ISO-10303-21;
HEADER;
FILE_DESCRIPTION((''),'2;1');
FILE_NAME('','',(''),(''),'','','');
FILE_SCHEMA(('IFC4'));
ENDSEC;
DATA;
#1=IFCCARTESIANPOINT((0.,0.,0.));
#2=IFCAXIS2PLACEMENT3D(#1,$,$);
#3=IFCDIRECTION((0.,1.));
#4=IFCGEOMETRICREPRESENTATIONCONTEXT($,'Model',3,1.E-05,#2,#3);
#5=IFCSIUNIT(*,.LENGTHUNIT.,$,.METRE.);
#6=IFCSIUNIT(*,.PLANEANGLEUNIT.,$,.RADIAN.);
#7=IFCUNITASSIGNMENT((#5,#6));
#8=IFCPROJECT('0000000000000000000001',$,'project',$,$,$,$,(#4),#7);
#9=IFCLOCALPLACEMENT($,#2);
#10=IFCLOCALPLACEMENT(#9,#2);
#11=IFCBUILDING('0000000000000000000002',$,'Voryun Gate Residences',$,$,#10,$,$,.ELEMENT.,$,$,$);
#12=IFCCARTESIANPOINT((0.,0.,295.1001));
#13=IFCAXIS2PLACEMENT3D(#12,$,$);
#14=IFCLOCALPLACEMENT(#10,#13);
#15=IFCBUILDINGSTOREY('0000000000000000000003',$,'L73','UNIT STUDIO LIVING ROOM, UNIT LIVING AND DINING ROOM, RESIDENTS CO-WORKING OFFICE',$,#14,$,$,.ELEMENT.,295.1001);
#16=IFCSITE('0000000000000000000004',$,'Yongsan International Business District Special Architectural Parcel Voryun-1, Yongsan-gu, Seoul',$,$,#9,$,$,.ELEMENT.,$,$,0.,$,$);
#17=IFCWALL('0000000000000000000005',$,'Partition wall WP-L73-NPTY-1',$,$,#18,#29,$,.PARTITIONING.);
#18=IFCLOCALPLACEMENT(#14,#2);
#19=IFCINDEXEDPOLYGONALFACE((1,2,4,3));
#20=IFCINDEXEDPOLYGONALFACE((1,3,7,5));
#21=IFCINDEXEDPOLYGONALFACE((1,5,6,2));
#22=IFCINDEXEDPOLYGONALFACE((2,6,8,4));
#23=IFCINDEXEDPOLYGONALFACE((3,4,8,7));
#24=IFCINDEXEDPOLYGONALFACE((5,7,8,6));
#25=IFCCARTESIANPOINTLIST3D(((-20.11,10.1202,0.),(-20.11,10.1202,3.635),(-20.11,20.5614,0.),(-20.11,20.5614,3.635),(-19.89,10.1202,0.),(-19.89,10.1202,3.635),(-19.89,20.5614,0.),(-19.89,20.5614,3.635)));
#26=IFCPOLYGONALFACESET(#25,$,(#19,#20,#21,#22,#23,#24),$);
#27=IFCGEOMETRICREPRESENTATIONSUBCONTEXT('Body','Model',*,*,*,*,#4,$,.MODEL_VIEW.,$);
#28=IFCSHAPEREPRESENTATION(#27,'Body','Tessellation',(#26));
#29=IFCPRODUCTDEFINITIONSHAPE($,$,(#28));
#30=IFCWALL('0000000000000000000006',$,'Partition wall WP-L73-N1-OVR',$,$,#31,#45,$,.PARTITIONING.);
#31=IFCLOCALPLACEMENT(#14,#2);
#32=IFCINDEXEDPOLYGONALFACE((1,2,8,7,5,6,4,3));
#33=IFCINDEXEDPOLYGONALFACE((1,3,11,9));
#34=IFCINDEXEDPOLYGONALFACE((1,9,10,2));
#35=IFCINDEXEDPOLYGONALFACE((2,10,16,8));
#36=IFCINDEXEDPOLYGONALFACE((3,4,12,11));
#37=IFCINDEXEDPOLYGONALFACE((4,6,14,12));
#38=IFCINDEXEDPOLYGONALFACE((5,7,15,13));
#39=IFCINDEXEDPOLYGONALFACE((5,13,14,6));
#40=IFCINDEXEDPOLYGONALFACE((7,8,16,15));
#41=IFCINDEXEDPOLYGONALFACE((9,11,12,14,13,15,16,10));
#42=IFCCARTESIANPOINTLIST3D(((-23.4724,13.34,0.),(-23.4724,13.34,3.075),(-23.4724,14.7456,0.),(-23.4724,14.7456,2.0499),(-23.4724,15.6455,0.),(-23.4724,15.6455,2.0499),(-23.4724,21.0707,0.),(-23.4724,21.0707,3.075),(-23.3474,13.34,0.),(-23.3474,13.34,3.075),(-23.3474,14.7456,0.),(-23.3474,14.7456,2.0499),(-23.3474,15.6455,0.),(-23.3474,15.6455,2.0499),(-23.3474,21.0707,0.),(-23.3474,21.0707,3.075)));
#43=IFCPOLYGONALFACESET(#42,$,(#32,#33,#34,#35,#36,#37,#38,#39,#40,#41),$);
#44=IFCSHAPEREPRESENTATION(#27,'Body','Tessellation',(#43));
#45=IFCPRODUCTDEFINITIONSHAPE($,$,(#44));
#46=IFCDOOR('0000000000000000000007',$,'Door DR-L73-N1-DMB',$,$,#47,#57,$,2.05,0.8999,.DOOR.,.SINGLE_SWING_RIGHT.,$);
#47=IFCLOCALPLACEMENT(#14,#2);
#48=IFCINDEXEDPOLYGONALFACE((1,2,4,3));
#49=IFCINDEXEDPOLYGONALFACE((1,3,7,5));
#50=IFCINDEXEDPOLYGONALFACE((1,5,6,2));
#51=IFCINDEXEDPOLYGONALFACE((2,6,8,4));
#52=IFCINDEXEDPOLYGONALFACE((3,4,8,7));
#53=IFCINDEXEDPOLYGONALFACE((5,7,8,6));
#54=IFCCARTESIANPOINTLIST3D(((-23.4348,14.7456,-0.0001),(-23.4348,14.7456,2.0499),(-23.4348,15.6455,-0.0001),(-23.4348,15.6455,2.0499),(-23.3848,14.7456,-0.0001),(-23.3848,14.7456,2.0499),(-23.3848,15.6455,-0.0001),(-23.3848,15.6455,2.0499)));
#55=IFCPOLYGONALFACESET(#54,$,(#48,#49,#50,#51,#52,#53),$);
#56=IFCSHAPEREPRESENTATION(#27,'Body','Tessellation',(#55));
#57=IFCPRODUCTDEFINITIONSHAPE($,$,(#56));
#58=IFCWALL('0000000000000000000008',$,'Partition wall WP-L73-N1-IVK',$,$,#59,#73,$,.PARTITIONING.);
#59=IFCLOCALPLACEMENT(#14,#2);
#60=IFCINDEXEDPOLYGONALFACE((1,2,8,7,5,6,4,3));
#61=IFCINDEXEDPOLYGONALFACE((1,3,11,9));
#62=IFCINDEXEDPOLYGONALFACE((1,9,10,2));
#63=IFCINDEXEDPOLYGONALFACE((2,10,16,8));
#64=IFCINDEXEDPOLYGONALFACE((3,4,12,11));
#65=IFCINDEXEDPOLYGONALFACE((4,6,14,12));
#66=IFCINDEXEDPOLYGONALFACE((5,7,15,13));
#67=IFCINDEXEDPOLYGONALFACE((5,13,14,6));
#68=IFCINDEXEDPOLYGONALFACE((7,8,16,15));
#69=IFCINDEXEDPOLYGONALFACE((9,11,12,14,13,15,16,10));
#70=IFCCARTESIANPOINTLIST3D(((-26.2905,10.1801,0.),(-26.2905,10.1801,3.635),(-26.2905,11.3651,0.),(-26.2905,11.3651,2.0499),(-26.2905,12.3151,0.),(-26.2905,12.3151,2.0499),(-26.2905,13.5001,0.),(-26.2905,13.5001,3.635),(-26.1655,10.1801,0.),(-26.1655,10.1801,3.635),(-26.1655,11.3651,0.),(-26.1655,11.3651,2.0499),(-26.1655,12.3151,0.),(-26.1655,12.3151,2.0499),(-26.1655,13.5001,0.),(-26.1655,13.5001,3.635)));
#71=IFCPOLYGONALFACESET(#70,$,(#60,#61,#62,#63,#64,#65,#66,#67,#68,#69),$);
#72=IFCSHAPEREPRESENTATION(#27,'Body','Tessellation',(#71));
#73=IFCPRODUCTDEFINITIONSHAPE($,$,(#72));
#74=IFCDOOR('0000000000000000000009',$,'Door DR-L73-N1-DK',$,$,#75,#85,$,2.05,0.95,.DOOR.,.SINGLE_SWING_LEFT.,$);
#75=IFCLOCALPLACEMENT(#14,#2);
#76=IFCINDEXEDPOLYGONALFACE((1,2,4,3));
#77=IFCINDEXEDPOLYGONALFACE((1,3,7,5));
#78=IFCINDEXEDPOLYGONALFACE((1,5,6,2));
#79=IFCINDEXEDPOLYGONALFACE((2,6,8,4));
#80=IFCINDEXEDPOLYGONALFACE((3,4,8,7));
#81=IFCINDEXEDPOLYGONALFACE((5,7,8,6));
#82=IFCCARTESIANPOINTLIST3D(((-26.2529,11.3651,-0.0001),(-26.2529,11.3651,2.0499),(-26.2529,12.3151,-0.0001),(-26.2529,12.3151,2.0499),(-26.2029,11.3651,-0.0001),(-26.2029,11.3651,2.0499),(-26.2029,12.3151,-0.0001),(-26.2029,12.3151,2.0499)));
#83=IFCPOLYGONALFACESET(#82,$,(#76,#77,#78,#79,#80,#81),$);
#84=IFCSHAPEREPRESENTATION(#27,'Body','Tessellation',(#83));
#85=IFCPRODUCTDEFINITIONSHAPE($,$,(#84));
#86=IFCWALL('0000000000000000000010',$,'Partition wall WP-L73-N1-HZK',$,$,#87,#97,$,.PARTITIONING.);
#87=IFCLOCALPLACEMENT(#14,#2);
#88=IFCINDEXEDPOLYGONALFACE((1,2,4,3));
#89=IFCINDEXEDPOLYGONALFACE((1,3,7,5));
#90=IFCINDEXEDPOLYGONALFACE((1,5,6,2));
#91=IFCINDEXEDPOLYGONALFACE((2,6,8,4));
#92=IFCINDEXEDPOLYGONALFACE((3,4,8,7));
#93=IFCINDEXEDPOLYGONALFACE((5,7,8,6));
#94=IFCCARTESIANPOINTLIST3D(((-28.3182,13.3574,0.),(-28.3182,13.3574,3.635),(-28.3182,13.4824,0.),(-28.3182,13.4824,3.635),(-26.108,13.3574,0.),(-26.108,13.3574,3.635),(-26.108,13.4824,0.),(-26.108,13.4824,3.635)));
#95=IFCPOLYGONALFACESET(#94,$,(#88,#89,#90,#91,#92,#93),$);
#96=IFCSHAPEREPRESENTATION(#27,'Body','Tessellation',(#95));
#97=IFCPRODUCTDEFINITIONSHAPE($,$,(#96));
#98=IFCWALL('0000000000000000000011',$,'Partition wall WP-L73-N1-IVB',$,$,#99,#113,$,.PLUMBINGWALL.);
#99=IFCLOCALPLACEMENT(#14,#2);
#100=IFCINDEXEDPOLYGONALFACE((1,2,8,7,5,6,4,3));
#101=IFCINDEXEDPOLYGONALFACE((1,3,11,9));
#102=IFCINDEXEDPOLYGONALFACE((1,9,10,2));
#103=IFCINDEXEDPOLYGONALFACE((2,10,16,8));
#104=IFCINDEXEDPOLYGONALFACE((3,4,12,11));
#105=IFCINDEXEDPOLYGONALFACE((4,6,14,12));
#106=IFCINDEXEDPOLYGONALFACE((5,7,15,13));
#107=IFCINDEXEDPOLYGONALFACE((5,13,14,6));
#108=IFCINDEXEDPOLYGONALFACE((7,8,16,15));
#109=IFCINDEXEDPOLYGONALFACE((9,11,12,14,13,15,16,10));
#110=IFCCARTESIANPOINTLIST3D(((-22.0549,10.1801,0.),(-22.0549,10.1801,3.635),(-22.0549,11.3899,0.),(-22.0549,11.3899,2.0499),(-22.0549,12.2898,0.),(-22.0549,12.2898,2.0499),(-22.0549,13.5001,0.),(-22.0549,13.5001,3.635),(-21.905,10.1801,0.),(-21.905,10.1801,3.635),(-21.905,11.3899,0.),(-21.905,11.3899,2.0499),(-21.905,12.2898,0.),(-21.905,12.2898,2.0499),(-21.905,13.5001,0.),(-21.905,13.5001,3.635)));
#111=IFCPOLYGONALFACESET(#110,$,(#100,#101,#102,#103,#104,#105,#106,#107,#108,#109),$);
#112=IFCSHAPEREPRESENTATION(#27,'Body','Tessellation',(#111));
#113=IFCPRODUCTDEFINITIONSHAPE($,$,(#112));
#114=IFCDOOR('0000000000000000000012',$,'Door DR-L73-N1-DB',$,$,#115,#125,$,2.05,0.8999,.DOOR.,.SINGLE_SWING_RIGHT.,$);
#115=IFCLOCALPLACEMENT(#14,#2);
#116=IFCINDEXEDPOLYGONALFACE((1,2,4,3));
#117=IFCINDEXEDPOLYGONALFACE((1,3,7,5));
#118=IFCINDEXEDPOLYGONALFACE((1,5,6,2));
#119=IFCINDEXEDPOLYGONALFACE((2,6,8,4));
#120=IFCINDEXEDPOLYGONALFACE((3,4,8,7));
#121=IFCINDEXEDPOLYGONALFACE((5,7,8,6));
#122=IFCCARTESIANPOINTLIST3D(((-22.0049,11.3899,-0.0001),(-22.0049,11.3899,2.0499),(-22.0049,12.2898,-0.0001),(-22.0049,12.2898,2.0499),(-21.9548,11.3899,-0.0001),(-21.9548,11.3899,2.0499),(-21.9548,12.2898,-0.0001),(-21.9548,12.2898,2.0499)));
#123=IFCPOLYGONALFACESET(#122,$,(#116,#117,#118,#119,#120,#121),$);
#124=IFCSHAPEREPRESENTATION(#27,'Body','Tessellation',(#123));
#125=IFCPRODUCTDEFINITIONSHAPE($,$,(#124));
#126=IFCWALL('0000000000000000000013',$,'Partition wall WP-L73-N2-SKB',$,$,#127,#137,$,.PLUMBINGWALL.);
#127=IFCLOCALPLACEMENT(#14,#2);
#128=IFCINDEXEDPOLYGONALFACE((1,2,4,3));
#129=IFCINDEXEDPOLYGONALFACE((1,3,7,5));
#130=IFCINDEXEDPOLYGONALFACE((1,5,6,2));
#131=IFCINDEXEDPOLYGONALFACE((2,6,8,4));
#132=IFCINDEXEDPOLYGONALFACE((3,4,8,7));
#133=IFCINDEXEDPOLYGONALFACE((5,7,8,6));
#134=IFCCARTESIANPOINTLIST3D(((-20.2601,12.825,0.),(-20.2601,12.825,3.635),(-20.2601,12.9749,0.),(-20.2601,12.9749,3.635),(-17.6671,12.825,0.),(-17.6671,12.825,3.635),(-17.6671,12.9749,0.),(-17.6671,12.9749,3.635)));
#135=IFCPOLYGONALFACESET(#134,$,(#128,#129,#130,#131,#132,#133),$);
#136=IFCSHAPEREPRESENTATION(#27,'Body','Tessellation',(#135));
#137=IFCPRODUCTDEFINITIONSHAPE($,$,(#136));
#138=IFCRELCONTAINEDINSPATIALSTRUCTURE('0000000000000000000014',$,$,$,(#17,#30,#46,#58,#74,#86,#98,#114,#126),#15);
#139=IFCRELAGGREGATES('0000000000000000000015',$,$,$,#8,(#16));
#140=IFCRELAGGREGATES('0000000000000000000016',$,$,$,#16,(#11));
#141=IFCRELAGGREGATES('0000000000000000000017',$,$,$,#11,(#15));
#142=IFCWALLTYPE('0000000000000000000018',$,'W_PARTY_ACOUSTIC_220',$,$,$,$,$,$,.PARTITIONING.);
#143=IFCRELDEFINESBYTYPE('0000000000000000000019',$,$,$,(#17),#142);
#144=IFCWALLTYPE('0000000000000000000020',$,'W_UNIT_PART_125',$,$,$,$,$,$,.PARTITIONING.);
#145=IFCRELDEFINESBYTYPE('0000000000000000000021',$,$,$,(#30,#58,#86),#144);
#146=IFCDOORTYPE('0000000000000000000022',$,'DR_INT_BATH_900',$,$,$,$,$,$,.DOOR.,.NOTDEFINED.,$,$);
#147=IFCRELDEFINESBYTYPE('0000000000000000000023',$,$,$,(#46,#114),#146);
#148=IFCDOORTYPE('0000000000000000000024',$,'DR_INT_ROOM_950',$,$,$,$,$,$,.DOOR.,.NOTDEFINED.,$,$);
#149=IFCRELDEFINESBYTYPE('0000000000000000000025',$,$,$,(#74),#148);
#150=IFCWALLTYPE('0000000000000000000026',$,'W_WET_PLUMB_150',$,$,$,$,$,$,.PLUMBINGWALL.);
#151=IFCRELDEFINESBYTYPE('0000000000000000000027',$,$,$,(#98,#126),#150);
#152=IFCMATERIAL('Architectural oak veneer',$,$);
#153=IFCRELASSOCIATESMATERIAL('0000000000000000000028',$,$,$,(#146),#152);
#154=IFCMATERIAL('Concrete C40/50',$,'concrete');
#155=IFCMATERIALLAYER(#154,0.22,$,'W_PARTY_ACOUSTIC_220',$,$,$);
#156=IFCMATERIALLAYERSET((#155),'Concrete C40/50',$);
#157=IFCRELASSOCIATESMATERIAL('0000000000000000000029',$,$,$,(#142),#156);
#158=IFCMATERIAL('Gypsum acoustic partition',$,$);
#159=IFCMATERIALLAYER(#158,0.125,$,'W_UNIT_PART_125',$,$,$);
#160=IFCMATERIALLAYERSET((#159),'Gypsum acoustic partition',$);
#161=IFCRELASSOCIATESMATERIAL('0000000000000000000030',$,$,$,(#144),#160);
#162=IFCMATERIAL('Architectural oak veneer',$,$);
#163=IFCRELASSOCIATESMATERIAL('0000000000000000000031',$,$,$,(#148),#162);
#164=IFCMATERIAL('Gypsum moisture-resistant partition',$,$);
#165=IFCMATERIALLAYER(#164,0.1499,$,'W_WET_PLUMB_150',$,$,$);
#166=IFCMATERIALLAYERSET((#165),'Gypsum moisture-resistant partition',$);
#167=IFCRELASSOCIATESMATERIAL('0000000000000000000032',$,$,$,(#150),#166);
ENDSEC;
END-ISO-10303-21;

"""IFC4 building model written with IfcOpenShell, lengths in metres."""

from ifc_helpers import new_model, si_unit, direction, frame, frame_2d, origin, place, context, subcontext, project, spatial, rectangle, extrude, material, layer, layer_set, type_object, element, fill, save


model = new_model("IFC4")

# Units and contexts
model_context = context("Model", 3, precision=1e-05, world=origin(), true_north=direction((0.0, 1.0)))
body_context = subcontext(model_context, "Body", "Model", "MODEL_VIEW")
ifc_project = project(units=[si_unit("LENGTHUNIT", "METRE"), si_unit("PLANEANGLEUNIT", "RADIAN")], contexts=[model_context])

# Site, building, storey
site_placement = place(None, origin())
site = spatial("IfcSite", under=ifc_project, at=site_placement, Name="Yongsan International Business District Special Architectural Parcel Voryun-1, Yongsan-gu, Seoul", CompositionType="ELEMENT", RefElevation=0.0)
building_placement = place(site_placement, origin())
building = spatial("IfcBuilding", under=site, at=building_placement, Name="Voryun Gate Residences", CompositionType="ELEMENT")
storey_placement = place(building_placement, frame((0.0, 0.0, 295.1001)))
storey = spatial("IfcBuildingStorey", under=building, at=storey_placement, Name="L73", Description="UNIT STUDIO LIVING ROOM, UNIT LIVING AND DINING ROOM, RESIDENTS CO-WORKING OFFICE", CompositionType="ELEMENT", Elevation=295.1001)

# Shared definitions
ifc_material_1 = material(Name="Architectural oak veneer")
door_type_1 = type_object("IfcDoorType", Name="DR_INT_BATH_900", OperationType="NOTDEFINED", PredefinedType="DOOR", material=ifc_material_1)

# Wall
ifc_material_2 = material(Name="Concrete C40/50", Category="concrete")
ifc_layer_1 = layer(ifc_material_2, 0.22, Name="W_PARTY_ACOUSTIC_220")
ifc_layer_set_1 = layer_set([ifc_layer_1], Name="Concrete C40/50")
wall_type_1 = type_object("IfcWallType", Name="W_PARTY_ACOUSTIC_220", PredefinedType="PARTITIONING", material=ifc_layer_set_1)
wall_1_placement = place(storey_placement, frame((-20.0, 10.1201, 0.0), z_axis=(0.0, 0.0, 1.0), x_axis=(0.0, 1.0, 0.0)))
element("IfcWall", 1, at=wall_1_placement, inside=storey, type_object=wall_type_1, Name="Partition wall WP-L73-NPTY-1", PredefinedType="PARTITIONING", context=body_context, shape_type="SweptSolid", body=[
    extrude(rectangle(XDim=10.4412, YDim=0.22, at=frame_2d((5.2207, 0.0))), origin(), (0.0, 0.0, 1.0), 3.635),
])

# Walls, openings, doors
ifc_material_3 = material(Name="Gypsum acoustic partition")
ifc_layer_2 = layer(ifc_material_3, 0.125, Name="W_UNIT_PART_125")
ifc_layer_set_2 = layer_set([ifc_layer_2], Name="Gypsum acoustic partition")
wall_type_2 = type_object("IfcWallType", Name="W_UNIT_PART_125", PredefinedType="PARTITIONING", material=ifc_layer_set_2)
wall_2_placement = place(storey_placement, frame((-23.4099, 13.3401, 0.0), z_axis=(0.0, 0.0, 1.0), x_axis=(0.0, 1.0, 0.0)))
wall_2 = element("IfcWall", 2, at=wall_2_placement, inside=storey, type_object=wall_type_2, Name="Partition wall WP-L73-N1-OVR", PredefinedType="PARTITIONING", context=body_context, shape_type="SweptSolid", body=[
    extrude(rectangle(XDim=7.7307, YDim=0.125, at=frame_2d((3.8652, 0.0))), origin(), (0.0, 0.0, 1.0), 3.075),
])
opening_1_placement = place(wall_2_placement, frame((1.4055, 0.0, 0.0)))
opening_1 = element("IfcOpeningElement", 3, at=opening_1_placement, cuts=wall_2, PredefinedType="OPENING", context=body_context, shape_type="SweptSolid", body=[
    extrude(rectangle(XDim=0.8999, YDim=2.05, at=frame_2d((0.45, 1.0249))), frame((0.0, 0.0725, 0.0), z_axis=(0.0, -1.0, 0.0), x_axis=(1.0, 0.0, 0.0)), (0.0, 0.0, 1.0), 0.145),
])
door_1_placement = place(opening_1_placement, origin())
door_1 = element("IfcDoor", 4, at=door_1_placement, inside=storey, type_object=door_type_1, Name="Door DR-L73-N1-DMB", OperationType="SINGLE_SWING_RIGHT", OverallHeight=2.05, OverallWidth=0.8999, PredefinedType="DOOR", context=body_context, shape_type="SweptSolid", body=[
    extrude(rectangle(XDim=0.8999, YDim=2.05, at=frame_2d((0.45, 1.0249))), frame((0.0, 0.0249, 0.0), z_axis=(0.0, -1.0, 0.0), x_axis=(1.0, 0.0, 0.0)), (0.0, 0.0, 1.0), 0.05),
])
fill(opening_1, door_1)
wall_3_placement = place(storey_placement, frame((-26.228, 10.1799, 0.0), z_axis=(0.0, 0.0, 1.0), x_axis=(0.0, 1.0, 0.0)))
wall_3 = element("IfcWall", 5, at=wall_3_placement, inside=storey, type_object=wall_type_2, Name="Partition wall WP-L73-N1-IVK", PredefinedType="PARTITIONING", context=body_context, shape_type="SweptSolid", body=[
    extrude(rectangle(XDim=3.3201, YDim=0.125, at=frame_2d((1.6602, 0.0))), origin(), (0.0, 0.0, 1.0), 3.635),
])
opening_2_placement = place(wall_3_placement, frame((1.1851, 0.0, 0.0)))
opening_2 = element("IfcOpeningElement", 6, at=opening_2_placement, cuts=wall_3, PredefinedType="OPENING", context=body_context, shape_type="SweptSolid", body=[
    extrude(rectangle(XDim=0.95, YDim=2.05, at=frame_2d((0.4751, 1.0249))), frame((0.0, 0.0725, 0.0), z_axis=(0.0, -1.0, 0.0), x_axis=(1.0, 0.0, 0.0)), (0.0, 0.0, 1.0), 0.145),
])
ifc_material_4 = material(Name="Architectural oak veneer")
door_type_2 = type_object("IfcDoorType", Name="DR_INT_ROOM_950", OperationType="NOTDEFINED", PredefinedType="DOOR", material=ifc_material_4)
door_2_placement = place(opening_2_placement, origin())
door_2 = element("IfcDoor", 7, at=door_2_placement, inside=storey, type_object=door_type_2, Name="Door DR-L73-N1-DK", OperationType="SINGLE_SWING_LEFT", OverallHeight=2.05, OverallWidth=0.95, PredefinedType="DOOR", context=body_context, shape_type="SweptSolid", body=[
    extrude(rectangle(XDim=0.95, YDim=2.05, at=frame_2d((0.4751, 1.0249))), frame((0.0, 0.0249, 0.0), z_axis=(0.0, -1.0, 0.0), x_axis=(1.0, 0.0, 0.0)), (0.0, 0.0, 1.0), 0.05),
])
fill(opening_2, door_2)

# Wall
wall_4_placement = place(storey_placement, frame((-28.3181, 13.4199, 0.0), z_axis=(0.0, 0.0, 1.0), x_axis=(1.0, 0.0, 0.0)))
element("IfcWall", 8, at=wall_4_placement, inside=storey, type_object=wall_type_2, Name="Partition wall WP-L73-N1-HZK", PredefinedType="PARTITIONING", context=body_context, shape_type="SweptSolid", body=[
    extrude(rectangle(XDim=2.2102, YDim=0.125, at=frame_2d((1.105, 0.0))), origin(), (0.0, 0.0, 1.0), 3.635),
])

# Wall, opening, door
ifc_material_5 = material(Name="Gypsum moisture-resistant partition")
ifc_layer_3 = layer(ifc_material_5, 0.1499, Name="W_WET_PLUMB_150")
ifc_layer_set_3 = layer_set([ifc_layer_3], Name="Gypsum moisture-resistant partition")
wall_type_3 = type_object("IfcWallType", Name="W_WET_PLUMB_150", PredefinedType="PLUMBINGWALL", material=ifc_layer_set_3)
wall_5_placement = place(storey_placement, frame((-21.98, 10.1799, 0.0), z_axis=(0.0, 0.0, 1.0), x_axis=(0.0, 1.0, 0.0)))
wall_5 = element("IfcWall", 9, at=wall_5_placement, inside=storey, type_object=wall_type_3, Name="Partition wall WP-L73-N1-IVB", PredefinedType="PLUMBINGWALL", context=body_context, shape_type="SweptSolid", body=[
    extrude(rectangle(XDim=3.3201, YDim=0.1499, at=frame_2d((1.6602, 0.0))), origin(), (0.0, 0.0, 1.0), 3.635),
])
opening_3_placement = place(wall_5_placement, frame((1.21, 0.0, 0.0)))
opening_3 = element("IfcOpeningElement", 10, at=opening_3_placement, cuts=wall_5, PredefinedType="OPENING", context=body_context, shape_type="SweptSolid", body=[
    extrude(rectangle(XDim=0.8999, YDim=2.05, at=frame_2d((0.45, 1.0249))), frame((0.0, 0.085, 0.0), z_axis=(0.0, -1.0, 0.0), x_axis=(1.0, 0.0, 0.0)), (0.0, 0.0, 1.0), 0.1699),
])
door_3_placement = place(opening_3_placement, origin())
door_3 = element("IfcDoor", 11, at=door_3_placement, inside=storey, type_object=door_type_1, Name="Door DR-L73-N1-DB", OperationType="SINGLE_SWING_RIGHT", OverallHeight=2.05, OverallWidth=0.8999, PredefinedType="DOOR", context=body_context, shape_type="SweptSolid", body=[
    extrude(rectangle(XDim=0.8999, YDim=2.05, at=frame_2d((0.45, 1.0249))), frame((0.0, 0.0249, 0.0), z_axis=(0.0, -1.0, 0.0), x_axis=(1.0, 0.0, 0.0)), (0.0, 0.0, 1.0), 0.05),
])
fill(opening_3, door_3)

# Wall
wall_6_placement = place(storey_placement, frame((-20.26, 12.8999, 0.0), z_axis=(0.0, 0.0, 1.0), x_axis=(1.0, 0.0, 0.0)))
element("IfcWall", 12, at=wall_6_placement, inside=storey, type_object=wall_type_3, Name="Partition wall WP-L73-N2-SKB", PredefinedType="PLUMBINGWALL", context=body_context, shape_type="SweptSolid", body=[
    extrude(rectangle(XDim=2.593, YDim=0.1499, at=frame_2d((1.2964, 0.0))), origin(), (0.0, 0.0, 1.0), 3.635),
])

save(model, "model.ifc")
